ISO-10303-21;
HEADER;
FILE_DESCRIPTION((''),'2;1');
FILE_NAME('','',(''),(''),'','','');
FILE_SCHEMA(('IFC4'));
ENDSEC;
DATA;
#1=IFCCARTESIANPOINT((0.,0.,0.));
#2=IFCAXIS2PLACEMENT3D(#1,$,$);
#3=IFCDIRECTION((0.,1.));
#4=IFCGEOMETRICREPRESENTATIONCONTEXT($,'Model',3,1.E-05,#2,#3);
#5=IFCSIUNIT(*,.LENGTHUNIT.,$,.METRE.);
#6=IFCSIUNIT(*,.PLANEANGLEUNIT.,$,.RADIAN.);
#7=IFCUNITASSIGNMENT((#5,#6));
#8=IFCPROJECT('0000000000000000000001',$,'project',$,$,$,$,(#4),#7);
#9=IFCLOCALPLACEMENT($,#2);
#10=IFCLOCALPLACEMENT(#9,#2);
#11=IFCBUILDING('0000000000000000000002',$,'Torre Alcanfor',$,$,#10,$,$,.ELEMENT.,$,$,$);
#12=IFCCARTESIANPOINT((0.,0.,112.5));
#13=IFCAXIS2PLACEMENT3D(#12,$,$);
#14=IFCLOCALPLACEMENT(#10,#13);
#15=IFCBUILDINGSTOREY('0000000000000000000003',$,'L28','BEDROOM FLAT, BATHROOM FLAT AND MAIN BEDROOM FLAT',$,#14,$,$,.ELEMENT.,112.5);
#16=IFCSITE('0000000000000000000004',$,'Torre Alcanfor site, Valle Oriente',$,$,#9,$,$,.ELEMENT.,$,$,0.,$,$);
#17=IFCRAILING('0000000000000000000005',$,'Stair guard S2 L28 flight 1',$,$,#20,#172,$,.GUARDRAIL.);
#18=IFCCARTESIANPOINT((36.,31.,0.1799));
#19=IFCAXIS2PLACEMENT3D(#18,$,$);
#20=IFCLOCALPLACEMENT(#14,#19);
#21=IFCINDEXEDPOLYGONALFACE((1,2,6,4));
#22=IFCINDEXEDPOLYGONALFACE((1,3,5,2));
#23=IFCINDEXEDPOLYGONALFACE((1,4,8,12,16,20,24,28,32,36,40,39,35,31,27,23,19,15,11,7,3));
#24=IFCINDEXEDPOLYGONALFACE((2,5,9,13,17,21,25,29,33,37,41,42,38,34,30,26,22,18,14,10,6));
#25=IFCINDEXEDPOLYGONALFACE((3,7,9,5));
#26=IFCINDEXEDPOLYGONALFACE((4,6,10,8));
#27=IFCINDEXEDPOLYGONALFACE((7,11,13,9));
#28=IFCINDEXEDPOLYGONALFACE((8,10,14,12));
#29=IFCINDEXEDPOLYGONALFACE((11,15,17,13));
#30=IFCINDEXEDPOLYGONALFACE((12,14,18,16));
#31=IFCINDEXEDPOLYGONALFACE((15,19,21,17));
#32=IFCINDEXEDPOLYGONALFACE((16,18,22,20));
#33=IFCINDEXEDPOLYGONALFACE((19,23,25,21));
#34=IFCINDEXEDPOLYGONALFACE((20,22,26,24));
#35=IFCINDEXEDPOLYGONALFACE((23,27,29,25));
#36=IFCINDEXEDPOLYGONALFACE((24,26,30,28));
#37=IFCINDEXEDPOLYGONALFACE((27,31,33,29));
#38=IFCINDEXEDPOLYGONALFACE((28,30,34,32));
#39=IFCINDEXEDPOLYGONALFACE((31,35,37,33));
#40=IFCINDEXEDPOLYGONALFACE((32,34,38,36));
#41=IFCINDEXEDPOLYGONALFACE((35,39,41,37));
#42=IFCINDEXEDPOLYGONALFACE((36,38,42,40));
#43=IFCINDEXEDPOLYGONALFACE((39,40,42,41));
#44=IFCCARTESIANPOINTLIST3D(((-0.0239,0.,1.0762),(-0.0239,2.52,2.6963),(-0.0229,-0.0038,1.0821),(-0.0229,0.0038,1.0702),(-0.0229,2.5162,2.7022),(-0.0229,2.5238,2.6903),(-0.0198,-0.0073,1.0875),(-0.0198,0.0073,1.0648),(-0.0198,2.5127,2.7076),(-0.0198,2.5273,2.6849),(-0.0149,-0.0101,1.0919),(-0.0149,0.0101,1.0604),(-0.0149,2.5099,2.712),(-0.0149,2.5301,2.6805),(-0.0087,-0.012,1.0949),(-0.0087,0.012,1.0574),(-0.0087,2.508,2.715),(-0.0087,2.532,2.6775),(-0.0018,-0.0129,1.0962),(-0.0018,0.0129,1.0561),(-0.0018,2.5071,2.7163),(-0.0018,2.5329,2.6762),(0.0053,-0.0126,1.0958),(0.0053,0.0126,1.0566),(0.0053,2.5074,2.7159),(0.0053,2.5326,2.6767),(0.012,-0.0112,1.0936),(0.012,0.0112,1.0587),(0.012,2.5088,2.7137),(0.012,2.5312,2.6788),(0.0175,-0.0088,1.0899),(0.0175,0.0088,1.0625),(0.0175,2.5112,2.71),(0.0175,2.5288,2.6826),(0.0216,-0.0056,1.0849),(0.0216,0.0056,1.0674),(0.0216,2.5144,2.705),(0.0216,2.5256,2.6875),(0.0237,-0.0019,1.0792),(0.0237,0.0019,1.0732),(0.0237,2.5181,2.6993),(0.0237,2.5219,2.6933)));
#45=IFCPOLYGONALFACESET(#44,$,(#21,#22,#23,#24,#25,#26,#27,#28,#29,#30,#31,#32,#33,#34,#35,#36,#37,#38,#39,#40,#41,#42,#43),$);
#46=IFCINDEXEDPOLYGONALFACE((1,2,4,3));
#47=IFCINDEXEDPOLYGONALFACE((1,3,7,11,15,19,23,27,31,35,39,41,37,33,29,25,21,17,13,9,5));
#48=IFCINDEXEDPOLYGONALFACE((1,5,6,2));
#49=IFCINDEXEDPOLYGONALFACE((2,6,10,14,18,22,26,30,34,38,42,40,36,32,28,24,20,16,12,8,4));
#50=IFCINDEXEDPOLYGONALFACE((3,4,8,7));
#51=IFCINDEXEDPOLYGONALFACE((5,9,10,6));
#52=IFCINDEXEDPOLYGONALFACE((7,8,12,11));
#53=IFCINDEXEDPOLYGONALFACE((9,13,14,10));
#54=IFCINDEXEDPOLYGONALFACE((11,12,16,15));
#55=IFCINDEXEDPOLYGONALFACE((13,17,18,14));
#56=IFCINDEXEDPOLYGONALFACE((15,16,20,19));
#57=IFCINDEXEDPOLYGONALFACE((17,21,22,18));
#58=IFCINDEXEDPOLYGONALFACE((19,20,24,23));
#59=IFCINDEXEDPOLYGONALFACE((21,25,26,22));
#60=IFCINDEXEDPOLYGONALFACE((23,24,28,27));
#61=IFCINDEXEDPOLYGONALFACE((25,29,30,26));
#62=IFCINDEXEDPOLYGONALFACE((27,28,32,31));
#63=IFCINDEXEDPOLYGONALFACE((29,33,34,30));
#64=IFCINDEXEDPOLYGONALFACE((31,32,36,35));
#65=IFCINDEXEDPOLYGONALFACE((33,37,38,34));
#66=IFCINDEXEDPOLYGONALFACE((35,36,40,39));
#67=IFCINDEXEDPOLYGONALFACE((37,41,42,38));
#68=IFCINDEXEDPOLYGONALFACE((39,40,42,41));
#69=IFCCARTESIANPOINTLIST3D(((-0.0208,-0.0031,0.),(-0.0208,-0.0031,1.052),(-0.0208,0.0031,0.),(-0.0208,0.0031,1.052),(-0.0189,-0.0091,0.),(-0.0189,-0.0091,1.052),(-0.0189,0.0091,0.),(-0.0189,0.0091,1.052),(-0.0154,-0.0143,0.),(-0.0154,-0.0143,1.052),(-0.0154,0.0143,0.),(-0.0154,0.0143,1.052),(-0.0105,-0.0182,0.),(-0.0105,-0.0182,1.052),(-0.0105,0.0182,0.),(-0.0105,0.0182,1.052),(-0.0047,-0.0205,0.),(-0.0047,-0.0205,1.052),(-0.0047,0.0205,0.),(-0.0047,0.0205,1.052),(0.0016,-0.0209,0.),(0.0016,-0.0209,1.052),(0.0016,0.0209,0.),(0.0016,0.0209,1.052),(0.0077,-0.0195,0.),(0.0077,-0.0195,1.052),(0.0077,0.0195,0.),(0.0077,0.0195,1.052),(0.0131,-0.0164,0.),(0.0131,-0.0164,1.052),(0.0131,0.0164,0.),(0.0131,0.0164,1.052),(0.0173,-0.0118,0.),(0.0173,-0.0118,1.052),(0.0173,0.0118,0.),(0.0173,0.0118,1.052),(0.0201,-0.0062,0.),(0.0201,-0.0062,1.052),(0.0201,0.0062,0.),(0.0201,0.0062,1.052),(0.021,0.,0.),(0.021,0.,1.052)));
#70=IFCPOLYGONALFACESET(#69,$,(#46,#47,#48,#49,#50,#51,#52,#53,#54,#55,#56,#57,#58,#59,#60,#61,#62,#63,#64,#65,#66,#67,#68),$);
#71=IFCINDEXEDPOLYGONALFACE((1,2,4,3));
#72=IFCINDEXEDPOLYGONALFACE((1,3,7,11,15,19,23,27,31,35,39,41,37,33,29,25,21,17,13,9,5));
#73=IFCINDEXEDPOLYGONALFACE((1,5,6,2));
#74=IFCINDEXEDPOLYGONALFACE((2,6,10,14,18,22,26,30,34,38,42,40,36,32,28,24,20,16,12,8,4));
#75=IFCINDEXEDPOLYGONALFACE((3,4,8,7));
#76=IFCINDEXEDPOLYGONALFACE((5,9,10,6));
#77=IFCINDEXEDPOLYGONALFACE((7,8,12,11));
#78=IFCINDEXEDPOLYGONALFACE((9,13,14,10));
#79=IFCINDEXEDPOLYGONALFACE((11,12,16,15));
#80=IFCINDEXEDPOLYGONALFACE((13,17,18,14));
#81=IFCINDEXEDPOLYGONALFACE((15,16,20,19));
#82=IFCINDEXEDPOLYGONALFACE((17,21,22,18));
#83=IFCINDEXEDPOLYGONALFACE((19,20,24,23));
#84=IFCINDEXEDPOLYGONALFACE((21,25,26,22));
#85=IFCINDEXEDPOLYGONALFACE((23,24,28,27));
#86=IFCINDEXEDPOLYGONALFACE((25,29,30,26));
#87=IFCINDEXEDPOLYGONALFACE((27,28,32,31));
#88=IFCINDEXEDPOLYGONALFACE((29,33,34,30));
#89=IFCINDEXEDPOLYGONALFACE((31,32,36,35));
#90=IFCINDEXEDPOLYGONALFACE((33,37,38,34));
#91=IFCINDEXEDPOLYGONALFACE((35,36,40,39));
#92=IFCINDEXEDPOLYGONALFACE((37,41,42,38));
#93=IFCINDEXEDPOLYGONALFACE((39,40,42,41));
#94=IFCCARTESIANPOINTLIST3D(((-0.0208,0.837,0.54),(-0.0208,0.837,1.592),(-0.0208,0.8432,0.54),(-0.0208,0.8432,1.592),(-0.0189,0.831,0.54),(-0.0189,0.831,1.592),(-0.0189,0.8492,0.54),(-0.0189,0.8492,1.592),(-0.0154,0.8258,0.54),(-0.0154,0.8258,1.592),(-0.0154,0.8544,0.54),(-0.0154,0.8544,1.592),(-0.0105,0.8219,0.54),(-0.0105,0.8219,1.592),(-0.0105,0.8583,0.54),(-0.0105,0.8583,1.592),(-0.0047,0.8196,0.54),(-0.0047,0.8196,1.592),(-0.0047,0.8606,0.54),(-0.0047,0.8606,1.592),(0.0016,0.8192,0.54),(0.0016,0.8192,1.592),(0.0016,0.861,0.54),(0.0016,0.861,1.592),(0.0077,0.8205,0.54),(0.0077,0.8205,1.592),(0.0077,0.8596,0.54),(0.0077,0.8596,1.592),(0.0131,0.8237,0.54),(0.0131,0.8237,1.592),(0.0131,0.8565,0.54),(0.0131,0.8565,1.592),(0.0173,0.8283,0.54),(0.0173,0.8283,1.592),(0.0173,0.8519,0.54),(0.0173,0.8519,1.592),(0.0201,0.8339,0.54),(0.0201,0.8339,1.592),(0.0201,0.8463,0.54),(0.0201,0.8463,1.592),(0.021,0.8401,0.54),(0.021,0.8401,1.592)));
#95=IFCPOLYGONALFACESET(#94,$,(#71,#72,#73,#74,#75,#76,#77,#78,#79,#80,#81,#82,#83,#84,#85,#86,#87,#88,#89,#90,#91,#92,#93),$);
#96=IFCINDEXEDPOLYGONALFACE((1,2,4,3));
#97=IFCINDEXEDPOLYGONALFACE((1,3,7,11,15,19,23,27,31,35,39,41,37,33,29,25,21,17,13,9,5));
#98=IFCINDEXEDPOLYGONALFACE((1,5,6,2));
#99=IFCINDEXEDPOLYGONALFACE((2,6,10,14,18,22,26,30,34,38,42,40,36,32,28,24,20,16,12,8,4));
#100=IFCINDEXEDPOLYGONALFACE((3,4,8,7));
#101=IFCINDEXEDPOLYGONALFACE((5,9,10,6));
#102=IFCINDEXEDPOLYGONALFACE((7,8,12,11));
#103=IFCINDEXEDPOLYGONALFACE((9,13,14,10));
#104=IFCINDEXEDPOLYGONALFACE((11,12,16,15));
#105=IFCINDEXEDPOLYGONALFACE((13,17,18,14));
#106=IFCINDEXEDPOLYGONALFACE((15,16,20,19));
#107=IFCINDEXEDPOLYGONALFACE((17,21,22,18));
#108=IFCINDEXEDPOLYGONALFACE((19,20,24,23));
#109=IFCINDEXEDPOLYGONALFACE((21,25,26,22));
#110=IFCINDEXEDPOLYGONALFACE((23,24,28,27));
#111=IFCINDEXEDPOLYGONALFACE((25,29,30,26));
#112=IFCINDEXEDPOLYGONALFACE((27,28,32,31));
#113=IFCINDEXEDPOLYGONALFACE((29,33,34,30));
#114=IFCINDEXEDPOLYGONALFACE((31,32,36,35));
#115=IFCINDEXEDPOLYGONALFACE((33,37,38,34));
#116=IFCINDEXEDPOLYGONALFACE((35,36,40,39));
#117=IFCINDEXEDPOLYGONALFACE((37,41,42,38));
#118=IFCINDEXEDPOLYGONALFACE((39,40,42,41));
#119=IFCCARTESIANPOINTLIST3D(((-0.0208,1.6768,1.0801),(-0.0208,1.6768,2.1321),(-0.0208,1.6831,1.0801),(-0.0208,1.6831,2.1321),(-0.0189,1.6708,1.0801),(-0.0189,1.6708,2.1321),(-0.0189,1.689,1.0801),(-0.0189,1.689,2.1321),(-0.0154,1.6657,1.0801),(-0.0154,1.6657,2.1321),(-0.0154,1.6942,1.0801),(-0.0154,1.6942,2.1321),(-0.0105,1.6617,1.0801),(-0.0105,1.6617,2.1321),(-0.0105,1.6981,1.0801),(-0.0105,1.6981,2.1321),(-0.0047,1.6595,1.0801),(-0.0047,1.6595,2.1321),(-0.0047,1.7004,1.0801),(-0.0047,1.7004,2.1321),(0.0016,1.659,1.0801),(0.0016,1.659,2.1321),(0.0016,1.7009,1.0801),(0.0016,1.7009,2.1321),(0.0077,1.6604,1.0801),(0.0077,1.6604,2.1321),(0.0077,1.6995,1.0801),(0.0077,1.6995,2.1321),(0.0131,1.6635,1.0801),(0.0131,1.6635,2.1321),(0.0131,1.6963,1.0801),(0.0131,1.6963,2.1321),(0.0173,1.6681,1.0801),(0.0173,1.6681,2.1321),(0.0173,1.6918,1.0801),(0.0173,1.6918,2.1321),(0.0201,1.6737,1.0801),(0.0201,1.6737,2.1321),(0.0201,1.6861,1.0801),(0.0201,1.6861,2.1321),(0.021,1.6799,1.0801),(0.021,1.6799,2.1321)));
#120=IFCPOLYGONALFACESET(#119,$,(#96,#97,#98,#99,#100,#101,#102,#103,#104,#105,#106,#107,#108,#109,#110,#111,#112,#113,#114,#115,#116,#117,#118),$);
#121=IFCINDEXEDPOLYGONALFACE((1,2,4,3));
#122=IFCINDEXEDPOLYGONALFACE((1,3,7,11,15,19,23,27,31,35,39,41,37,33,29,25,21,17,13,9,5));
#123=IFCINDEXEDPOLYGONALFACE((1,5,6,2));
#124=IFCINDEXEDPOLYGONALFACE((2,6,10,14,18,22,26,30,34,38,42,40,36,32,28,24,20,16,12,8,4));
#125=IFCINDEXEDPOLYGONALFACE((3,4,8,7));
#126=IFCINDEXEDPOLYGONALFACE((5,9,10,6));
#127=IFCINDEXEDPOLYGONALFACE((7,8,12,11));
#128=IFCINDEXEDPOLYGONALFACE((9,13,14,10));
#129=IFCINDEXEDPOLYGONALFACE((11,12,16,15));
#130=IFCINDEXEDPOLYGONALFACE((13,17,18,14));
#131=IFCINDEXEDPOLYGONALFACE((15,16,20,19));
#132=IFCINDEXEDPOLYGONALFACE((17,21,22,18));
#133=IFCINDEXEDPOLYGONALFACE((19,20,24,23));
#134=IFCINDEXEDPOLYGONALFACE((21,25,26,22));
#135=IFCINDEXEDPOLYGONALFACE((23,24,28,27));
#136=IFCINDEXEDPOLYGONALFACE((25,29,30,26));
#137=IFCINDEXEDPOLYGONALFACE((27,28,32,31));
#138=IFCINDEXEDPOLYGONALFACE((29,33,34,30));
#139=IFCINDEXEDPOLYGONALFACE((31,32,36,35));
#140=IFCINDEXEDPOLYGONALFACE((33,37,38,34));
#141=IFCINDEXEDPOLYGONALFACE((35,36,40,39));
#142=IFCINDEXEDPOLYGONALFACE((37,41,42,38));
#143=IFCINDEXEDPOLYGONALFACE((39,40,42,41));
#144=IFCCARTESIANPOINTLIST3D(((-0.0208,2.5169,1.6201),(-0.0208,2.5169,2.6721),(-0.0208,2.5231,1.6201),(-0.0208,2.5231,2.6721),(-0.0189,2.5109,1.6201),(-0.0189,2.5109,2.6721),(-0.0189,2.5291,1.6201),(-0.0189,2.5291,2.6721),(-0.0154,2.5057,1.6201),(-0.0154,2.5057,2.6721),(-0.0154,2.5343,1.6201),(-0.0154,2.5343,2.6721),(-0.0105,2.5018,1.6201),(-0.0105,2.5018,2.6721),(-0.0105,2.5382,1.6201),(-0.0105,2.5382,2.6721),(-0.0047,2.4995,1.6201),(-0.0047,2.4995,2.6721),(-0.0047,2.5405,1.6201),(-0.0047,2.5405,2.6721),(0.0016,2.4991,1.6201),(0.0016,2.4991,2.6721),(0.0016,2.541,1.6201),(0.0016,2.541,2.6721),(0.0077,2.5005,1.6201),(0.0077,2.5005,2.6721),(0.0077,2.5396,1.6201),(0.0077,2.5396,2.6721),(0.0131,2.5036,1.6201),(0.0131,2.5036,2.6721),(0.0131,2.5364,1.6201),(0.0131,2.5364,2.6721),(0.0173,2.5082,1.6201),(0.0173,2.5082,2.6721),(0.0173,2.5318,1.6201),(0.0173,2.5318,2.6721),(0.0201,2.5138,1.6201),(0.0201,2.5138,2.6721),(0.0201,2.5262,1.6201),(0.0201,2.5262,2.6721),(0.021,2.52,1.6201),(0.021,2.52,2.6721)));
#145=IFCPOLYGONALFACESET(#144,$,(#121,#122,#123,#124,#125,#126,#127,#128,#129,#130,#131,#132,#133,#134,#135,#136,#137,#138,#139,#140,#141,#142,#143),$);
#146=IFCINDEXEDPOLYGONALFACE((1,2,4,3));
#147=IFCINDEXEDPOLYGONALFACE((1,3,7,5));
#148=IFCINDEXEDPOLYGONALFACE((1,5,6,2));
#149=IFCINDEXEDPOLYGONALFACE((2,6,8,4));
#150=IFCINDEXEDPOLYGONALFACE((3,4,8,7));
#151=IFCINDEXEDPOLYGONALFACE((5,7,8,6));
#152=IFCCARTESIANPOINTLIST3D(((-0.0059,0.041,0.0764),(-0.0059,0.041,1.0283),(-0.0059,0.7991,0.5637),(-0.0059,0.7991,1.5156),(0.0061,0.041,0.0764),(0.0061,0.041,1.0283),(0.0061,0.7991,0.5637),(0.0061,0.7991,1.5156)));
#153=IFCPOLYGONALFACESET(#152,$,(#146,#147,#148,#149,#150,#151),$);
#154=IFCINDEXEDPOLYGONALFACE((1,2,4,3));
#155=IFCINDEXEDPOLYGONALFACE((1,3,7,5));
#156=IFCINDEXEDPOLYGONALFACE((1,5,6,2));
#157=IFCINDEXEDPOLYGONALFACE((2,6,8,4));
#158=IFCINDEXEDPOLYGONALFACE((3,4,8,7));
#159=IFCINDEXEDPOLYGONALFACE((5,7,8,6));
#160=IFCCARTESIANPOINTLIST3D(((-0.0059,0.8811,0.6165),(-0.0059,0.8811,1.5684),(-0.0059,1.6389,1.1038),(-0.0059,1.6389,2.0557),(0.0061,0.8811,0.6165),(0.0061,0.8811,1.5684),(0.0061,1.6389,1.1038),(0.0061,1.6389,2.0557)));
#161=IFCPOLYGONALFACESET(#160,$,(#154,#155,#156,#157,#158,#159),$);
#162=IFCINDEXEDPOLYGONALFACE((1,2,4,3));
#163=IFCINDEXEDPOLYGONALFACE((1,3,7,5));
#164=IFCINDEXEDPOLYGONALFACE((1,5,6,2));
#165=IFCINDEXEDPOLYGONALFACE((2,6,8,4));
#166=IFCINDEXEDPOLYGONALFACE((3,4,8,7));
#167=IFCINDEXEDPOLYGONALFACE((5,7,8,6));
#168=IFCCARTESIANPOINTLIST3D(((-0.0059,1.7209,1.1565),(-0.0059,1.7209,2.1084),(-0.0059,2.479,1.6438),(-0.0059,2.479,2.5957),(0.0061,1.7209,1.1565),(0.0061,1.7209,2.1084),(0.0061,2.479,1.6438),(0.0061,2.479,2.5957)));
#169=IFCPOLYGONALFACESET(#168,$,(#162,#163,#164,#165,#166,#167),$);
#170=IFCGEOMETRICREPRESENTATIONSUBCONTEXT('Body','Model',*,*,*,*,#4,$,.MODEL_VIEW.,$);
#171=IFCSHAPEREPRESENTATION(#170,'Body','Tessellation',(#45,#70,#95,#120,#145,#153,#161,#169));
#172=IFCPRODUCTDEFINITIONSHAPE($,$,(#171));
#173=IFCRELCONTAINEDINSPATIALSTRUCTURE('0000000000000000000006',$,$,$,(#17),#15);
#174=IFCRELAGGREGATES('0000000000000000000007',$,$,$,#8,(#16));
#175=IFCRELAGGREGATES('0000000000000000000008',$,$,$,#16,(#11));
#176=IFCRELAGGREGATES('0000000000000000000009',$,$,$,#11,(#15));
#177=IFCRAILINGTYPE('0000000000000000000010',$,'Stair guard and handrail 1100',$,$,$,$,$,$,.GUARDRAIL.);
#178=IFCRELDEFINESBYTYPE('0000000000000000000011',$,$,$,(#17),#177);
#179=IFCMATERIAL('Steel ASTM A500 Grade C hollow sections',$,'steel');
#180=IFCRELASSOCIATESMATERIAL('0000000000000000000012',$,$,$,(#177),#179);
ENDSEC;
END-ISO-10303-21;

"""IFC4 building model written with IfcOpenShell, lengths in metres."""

from ifc_helpers import new_model, si_unit, direction, frame, origin, origin_2d, place, context, subcontext, project, spatial, polyline, circle, outline, extrude, material, type_object, element, save


model = new_model("IFC4")

# Units and contexts
model_context = context("Model", 3, precision=1e-05, world=origin(), true_north=direction((0.0, 1.0)))
body_context = subcontext(model_context, "Body", "Model", "MODEL_VIEW")
ifc_project = project(units=[si_unit("LENGTHUNIT", "METRE"), si_unit("PLANEANGLEUNIT", "RADIAN")], contexts=[model_context])

# Site, building, storey
site_placement = place(None, origin())
site = spatial("IfcSite", under=ifc_project, at=site_placement, Name="Torre Alcanfor site, Valle Oriente", CompositionType="ELEMENT", RefElevation=0.0)
building_placement = place(site_placement, origin())
building = spatial("IfcBuilding", under=site, at=building_placement, Name="Torre Alcanfor", CompositionType="ELEMENT")
storey_placement = place(building_placement, frame((0.0, 0.0, 112.5)))
storey = spatial("IfcBuildingStorey", under=building, at=storey_placement, Name="L28", Description="BEDROOM FLAT, BATHROOM FLAT AND MAIN BEDROOM FLAT", CompositionType="ELEMENT", Elevation=112.5)

# Railing
ifc_material_1 = material(Name="Steel ASTM A500 Grade C hollow sections", Category="steel")
railing_type_1 = type_object("IfcRailingType", Name="Stair guard and handrail 1100", PredefinedType="GUARDRAIL", material=ifc_material_1)
railing_1_placement = place(storey_placement, frame((36.0, 31.0, 0.1799)))
element("IfcRailing", 1, at=railing_1_placement, inside=storey, type_object=railing_type_1, Name="Stair guard S2 L28 flight 1", PredefinedType="GUARDRAIL", context=body_context, shape_type="SweptSolid", body=[
    extrude(circle(Radius=0.0239, at=origin_2d()), frame((0.0, 0.0, 1.0762), z_axis=(0.0, 0.841163, 0.540782), x_axis=(-1.0, 0.0, 0.0)), (0.0, 0.0, 1.0), 2.9958),
    extrude(circle(Radius=0.021, at=origin_2d()), origin(), (0.0, 0.0, 1.0), 1.052),
    extrude(circle(Radius=0.021, at=origin_2d()), frame((0.0, 0.8401, 0.54)), (0.0, 0.0, 1.0), 1.052),
    extrude(circle(Radius=0.021, at=origin_2d()), frame((0.0, 1.6799, 1.0801)), (0.0, 0.0, 1.0), 1.052),
    extrude(circle(Radius=0.021, at=origin_2d()), frame((0.0, 2.52, 1.6201)), (0.0, 0.0, 1.0), 1.052),
    extrude(outline(polyline([(0.041, 0.0764), (0.7991, 0.5637), (0.7991, 1.5156), (0.041, 1.0283), (0.041, 0.0764)])), frame((-0.0059, 0.0, 0.0), z_axis=(1.0, 0.0, 0.0), x_axis=(0.0, 1.0, 0.0)), (0.0, 0.0, 1.0), 0.012),
    extrude(outline(polyline([(0.8811, 0.6165), (1.6389, 1.1038), (1.6389, 2.0557), (0.8811, 1.5684), (0.8811, 0.6165)])), frame((-0.0059, 0.0, 0.0), z_axis=(1.0, 0.0, 0.0), x_axis=(0.0, 1.0, 0.0)), (0.0, 0.0, 1.0), 0.012),
    extrude(outline(polyline([(1.7209, 1.1565), (2.479, 1.6438), (2.479, 2.5957), (1.7209, 2.1084), (1.7209, 1.1565)])), frame((-0.0059, 0.0, 0.0), z_axis=(1.0, 0.0, 0.0), x_axis=(0.0, 1.0, 0.0)), (0.0, 0.0, 1.0), 0.012),
])

save(model, "model.ifc")
